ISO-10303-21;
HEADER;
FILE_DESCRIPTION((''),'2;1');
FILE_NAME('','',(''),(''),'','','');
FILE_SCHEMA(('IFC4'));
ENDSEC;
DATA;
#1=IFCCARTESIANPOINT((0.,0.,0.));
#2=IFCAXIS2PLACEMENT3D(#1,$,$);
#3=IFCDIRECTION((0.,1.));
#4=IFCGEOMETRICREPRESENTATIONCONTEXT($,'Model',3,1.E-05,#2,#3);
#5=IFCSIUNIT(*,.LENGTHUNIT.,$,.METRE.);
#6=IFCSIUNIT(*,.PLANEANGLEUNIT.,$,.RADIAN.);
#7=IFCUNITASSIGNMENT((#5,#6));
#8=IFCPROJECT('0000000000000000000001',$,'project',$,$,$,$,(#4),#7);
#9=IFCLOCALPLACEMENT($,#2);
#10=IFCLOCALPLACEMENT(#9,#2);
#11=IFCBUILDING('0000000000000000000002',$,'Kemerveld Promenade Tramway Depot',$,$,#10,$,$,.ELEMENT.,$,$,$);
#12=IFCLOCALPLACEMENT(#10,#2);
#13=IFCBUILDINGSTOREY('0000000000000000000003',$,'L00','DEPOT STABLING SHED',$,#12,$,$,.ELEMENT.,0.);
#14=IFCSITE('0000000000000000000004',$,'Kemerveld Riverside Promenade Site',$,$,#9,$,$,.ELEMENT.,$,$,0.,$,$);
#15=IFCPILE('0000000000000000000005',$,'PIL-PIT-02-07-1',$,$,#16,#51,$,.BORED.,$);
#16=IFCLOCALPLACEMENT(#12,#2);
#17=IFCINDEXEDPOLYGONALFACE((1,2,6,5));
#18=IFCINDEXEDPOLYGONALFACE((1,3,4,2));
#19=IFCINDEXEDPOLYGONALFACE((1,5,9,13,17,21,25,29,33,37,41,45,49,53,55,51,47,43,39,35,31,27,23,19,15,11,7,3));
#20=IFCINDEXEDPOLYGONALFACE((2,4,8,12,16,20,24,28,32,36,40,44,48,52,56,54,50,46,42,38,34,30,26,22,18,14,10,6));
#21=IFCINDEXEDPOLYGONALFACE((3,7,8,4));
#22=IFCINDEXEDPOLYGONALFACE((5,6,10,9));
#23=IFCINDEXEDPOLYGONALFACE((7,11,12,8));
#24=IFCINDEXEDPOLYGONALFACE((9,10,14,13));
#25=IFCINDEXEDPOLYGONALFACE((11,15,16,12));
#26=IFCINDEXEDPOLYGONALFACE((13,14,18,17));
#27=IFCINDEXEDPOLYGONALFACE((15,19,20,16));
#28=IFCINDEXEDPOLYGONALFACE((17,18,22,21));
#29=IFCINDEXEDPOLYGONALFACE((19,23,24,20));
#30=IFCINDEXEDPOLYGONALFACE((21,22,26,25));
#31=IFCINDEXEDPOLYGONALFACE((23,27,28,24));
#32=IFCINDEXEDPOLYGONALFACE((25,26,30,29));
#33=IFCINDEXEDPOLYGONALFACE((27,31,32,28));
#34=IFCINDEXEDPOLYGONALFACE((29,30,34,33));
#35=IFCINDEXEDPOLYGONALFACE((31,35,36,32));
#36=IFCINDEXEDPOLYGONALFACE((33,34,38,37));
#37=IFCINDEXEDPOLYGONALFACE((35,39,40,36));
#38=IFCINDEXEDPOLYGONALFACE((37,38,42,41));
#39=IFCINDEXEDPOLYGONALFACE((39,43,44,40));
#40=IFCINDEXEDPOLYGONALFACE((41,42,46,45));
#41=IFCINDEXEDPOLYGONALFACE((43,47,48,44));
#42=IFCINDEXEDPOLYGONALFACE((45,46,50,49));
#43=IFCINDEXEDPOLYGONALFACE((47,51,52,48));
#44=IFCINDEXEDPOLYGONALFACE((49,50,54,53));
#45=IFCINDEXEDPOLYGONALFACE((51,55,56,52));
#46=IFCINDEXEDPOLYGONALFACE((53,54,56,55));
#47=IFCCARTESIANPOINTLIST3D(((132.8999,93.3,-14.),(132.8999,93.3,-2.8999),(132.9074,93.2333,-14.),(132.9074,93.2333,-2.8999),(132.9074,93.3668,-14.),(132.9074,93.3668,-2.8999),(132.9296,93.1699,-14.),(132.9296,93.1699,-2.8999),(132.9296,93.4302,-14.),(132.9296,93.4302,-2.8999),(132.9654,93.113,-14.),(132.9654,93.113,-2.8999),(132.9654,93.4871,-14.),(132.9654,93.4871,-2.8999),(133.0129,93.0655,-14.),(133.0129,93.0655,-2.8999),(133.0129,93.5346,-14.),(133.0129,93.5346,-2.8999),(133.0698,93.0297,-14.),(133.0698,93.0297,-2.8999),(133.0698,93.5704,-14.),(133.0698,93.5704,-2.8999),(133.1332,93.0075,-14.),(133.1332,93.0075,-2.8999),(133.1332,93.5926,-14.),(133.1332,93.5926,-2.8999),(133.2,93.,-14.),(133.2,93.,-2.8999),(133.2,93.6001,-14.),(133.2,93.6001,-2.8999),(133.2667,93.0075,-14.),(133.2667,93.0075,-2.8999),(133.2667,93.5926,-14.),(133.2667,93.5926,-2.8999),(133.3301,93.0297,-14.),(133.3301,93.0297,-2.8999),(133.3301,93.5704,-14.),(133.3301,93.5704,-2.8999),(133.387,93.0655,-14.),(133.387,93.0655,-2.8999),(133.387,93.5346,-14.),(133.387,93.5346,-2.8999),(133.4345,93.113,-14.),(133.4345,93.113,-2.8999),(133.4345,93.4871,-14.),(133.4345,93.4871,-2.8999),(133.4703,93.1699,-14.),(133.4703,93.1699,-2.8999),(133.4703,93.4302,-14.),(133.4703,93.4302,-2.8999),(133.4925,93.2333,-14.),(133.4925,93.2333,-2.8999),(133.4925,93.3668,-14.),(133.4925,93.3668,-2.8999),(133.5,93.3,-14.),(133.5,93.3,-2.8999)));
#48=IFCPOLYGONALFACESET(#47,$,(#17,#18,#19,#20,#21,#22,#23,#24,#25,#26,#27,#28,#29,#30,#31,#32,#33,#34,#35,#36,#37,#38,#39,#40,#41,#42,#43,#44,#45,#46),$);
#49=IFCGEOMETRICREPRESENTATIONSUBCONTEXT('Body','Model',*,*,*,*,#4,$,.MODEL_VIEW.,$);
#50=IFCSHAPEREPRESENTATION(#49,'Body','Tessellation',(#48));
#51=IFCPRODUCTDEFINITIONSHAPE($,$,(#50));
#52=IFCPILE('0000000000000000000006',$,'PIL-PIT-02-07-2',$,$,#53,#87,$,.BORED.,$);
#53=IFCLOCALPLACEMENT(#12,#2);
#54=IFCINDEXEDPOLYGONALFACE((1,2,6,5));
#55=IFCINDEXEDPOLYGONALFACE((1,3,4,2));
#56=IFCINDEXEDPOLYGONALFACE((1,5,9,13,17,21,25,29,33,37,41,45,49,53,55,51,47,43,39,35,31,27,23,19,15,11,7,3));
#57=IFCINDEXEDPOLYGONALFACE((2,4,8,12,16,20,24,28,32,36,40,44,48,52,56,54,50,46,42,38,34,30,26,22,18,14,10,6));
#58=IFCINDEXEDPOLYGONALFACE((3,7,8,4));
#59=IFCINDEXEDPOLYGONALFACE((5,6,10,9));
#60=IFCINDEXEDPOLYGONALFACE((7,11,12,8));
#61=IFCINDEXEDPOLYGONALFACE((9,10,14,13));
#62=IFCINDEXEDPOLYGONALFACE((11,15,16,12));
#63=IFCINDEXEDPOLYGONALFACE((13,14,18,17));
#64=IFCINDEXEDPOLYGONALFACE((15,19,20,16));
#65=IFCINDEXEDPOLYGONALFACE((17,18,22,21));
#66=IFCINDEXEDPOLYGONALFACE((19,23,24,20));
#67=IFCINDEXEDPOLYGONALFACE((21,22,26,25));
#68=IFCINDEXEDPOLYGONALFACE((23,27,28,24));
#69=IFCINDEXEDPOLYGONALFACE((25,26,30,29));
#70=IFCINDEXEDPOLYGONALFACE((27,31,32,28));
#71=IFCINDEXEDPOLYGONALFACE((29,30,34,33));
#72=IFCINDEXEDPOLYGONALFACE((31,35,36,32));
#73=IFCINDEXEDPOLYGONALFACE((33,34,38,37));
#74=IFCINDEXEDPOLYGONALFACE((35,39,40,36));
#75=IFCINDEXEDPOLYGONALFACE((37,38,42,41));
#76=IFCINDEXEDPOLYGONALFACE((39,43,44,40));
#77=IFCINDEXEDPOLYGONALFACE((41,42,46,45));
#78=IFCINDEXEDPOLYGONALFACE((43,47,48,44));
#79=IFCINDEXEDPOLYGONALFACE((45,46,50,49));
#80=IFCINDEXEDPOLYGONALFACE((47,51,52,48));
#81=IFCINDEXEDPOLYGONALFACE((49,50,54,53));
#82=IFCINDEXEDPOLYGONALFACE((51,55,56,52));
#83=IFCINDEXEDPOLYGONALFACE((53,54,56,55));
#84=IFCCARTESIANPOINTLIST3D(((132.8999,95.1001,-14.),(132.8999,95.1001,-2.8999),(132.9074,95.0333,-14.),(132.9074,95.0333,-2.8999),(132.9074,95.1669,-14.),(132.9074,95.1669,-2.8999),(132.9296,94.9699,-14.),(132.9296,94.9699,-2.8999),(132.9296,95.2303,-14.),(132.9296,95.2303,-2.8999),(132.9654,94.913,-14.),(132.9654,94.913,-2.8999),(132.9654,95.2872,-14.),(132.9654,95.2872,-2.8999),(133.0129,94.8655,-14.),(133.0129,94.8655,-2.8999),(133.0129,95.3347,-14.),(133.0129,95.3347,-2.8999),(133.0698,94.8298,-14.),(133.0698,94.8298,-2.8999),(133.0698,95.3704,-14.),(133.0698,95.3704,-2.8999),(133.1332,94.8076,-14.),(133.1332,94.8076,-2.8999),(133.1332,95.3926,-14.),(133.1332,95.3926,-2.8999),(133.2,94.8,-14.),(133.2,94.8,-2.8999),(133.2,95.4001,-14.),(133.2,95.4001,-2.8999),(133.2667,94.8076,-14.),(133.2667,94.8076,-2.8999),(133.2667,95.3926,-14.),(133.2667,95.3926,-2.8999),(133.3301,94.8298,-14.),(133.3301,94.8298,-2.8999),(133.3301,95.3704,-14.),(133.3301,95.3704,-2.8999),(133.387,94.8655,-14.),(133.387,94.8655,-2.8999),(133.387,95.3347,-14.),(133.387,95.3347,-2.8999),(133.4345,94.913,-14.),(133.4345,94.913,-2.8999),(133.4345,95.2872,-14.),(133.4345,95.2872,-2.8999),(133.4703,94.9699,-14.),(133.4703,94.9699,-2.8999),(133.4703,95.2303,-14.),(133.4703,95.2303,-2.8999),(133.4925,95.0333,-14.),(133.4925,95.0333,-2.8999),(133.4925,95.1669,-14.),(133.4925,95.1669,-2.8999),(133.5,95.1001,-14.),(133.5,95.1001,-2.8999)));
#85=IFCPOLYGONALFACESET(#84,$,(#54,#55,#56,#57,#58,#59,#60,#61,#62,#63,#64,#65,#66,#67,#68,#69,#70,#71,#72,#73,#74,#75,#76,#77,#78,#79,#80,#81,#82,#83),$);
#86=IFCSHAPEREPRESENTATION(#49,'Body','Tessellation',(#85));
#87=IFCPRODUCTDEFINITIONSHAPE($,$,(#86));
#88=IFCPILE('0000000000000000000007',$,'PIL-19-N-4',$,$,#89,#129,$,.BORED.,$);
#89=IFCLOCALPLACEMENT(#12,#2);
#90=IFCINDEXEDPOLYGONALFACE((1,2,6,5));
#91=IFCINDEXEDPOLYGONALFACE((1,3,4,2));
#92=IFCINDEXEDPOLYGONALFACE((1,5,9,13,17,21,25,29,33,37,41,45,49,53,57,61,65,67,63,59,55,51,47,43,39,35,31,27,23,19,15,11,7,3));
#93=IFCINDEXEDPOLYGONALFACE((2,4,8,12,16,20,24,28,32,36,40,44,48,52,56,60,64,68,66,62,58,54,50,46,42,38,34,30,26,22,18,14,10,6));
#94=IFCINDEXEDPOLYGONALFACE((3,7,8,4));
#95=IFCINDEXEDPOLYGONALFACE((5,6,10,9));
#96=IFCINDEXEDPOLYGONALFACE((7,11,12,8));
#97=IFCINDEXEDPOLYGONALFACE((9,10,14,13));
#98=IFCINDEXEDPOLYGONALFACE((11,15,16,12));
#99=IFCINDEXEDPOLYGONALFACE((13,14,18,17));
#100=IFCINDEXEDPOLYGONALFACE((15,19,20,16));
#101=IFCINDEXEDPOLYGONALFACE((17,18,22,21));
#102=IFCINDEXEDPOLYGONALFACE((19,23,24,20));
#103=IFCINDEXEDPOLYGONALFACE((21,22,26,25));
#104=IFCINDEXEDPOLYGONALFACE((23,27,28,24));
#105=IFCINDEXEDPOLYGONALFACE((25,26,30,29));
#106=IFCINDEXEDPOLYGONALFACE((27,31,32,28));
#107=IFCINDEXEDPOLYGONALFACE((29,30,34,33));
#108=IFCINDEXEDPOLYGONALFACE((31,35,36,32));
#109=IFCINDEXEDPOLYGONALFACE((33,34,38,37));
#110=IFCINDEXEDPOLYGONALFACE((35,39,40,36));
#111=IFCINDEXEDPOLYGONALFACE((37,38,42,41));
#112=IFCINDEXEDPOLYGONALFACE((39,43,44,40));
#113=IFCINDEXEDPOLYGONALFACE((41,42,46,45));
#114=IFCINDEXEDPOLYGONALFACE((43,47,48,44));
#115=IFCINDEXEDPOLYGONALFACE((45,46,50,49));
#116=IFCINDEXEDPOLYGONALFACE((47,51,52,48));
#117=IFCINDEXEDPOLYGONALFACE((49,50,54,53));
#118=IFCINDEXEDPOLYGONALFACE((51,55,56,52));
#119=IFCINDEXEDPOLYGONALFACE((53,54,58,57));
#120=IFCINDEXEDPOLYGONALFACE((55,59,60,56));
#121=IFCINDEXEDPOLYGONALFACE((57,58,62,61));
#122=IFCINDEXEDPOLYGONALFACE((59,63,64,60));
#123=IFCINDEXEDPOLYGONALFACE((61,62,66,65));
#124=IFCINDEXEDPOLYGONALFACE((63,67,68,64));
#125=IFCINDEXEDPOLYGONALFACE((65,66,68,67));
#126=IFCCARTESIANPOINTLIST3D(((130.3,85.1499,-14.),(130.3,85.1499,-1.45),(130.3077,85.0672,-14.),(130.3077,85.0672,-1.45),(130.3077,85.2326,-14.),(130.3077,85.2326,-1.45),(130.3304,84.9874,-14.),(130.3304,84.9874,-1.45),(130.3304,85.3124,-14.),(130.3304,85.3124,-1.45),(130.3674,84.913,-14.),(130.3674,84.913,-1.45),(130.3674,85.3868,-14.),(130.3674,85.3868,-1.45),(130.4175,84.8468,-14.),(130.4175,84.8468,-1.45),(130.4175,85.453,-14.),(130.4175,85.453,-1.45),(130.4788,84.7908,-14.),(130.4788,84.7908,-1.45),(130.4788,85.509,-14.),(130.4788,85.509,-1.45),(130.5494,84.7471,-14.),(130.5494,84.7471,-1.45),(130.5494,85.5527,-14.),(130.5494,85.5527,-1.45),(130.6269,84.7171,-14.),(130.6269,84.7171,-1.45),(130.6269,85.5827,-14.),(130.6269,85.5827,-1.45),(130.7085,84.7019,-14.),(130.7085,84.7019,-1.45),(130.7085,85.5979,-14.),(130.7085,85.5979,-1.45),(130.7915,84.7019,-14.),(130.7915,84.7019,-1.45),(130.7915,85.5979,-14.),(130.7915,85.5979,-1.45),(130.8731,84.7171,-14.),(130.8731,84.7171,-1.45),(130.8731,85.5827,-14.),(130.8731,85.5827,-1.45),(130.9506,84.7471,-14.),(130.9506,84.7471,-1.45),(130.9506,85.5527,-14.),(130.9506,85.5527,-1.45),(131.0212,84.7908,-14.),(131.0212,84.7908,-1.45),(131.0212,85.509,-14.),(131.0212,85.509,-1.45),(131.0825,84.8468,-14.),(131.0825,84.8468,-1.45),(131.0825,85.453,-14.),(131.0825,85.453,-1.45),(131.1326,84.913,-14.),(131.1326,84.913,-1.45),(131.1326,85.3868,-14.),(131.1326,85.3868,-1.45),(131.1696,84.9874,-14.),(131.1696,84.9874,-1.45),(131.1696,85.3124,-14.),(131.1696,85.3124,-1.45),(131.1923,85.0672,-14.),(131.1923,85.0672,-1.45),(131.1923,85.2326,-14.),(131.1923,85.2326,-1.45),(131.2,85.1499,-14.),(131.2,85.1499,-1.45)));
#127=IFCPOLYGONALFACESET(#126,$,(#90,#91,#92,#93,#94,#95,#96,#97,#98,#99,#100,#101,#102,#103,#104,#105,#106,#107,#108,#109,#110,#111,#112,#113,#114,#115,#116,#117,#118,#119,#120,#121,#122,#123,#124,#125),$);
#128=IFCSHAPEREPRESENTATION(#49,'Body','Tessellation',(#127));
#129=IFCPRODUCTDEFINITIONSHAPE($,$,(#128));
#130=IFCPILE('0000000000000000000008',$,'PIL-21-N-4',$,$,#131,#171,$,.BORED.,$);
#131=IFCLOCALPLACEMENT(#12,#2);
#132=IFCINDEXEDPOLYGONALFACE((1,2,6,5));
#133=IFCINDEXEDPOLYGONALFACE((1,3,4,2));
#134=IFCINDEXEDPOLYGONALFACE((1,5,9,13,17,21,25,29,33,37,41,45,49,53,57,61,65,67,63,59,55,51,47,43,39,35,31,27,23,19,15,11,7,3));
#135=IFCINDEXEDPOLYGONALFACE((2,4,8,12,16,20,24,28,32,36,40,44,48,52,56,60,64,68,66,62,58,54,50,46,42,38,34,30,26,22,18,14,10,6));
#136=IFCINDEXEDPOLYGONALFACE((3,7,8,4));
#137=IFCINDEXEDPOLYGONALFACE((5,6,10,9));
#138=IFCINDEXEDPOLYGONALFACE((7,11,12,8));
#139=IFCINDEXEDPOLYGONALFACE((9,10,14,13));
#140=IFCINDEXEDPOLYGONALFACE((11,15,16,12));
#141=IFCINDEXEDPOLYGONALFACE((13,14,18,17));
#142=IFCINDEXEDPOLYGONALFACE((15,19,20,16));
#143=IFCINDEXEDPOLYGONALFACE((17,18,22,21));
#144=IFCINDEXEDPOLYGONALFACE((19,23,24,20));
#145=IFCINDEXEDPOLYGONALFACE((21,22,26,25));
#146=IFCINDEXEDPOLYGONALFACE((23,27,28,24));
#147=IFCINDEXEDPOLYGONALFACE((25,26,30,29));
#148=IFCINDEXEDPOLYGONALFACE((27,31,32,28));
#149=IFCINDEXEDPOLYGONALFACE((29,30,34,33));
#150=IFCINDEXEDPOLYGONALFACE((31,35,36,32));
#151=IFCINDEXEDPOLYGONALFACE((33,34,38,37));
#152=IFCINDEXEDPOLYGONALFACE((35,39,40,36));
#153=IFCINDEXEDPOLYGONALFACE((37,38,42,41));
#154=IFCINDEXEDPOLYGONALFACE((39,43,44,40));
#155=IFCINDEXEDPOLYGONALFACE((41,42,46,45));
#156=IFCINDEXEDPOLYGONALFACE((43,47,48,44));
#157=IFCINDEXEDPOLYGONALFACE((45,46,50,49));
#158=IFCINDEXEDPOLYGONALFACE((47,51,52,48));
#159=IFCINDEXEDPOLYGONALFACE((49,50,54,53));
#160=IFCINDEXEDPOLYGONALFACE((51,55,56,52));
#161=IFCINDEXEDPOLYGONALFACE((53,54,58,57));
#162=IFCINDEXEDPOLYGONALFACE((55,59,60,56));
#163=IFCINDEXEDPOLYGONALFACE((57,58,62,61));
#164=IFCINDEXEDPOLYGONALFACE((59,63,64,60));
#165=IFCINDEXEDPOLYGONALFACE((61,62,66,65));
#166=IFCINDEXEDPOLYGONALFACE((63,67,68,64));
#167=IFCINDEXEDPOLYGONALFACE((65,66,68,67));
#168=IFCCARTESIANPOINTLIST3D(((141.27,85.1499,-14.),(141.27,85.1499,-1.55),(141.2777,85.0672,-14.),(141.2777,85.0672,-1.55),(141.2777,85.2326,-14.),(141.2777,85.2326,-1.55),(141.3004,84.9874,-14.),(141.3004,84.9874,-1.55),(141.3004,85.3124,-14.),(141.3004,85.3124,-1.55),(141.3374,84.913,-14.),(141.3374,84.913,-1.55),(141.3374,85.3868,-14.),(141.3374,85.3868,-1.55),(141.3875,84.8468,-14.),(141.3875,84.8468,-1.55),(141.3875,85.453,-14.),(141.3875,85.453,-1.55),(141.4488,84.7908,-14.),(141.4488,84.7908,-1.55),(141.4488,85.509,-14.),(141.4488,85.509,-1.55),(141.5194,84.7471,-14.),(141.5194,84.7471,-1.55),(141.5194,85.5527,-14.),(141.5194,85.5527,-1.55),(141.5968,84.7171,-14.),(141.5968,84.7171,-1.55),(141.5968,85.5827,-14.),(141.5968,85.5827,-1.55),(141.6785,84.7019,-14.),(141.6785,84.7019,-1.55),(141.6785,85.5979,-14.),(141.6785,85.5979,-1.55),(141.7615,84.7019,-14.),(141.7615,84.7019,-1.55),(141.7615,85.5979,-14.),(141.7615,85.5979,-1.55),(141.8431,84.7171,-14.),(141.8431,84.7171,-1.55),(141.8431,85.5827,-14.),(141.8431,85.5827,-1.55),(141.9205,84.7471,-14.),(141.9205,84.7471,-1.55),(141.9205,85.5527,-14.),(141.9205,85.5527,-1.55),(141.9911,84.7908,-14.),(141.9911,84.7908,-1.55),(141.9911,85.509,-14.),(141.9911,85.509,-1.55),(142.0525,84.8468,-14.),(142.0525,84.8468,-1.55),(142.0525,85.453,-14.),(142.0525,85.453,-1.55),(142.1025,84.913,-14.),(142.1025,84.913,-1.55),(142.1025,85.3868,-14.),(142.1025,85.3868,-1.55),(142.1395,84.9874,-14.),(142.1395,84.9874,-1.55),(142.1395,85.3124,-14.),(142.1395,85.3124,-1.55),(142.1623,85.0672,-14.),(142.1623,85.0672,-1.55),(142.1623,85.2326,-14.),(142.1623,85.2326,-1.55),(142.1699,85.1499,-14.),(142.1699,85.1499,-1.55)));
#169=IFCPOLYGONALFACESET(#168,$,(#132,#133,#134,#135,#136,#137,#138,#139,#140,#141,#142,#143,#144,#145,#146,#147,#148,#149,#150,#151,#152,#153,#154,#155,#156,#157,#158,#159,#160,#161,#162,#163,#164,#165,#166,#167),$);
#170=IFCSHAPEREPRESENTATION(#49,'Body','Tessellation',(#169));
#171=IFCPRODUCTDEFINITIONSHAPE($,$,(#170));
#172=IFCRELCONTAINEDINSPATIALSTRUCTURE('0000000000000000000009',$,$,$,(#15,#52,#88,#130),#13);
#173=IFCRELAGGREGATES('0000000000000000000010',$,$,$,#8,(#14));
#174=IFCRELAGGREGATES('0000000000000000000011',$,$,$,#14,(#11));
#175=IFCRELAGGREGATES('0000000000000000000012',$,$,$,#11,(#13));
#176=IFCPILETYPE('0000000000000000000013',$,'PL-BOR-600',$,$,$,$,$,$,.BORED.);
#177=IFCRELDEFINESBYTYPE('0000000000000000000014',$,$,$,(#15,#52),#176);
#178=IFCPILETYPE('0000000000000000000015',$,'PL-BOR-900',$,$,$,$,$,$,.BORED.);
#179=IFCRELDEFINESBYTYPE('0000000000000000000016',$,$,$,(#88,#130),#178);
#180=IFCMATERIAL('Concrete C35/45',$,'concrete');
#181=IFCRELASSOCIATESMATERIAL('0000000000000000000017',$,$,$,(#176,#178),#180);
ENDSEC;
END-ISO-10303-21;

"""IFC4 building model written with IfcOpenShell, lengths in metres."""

from ifc_helpers import new_model, si_unit, direction, frame, origin, origin_2d, place, context, subcontext, project, spatial, circle, extrude, material, material_profile, profile_set, type_object, element, save


model = new_model("IFC4")

# Units and contexts
model_context = context("Model", 3, precision=1e-05, world=origin(), true_north=direction((0.0, 1.0)))
body_context = subcontext(model_context, "Body", "Model", "MODEL_VIEW")
ifc_project = project(units=[si_unit("LENGTHUNIT", "METRE"), si_unit("PLANEANGLEUNIT", "RADIAN")], contexts=[model_context])

# Site, building, storey
site_placement = place(None, origin())
site = spatial("IfcSite", under=ifc_project, at=site_placement, Name="Kemerveld Riverside Promenade Site", CompositionType="ELEMENT", RefElevation=0.0)
building_placement = place(site_placement, origin())
building = spatial("IfcBuilding", under=site, at=building_placement, Name="Kemerveld Promenade Tramway Depot", CompositionType="ELEMENT")
storey_placement = place(building_placement, origin())
storey = spatial("IfcBuildingStorey", under=building, at=storey_placement, Name="L00", Description="DEPOT STABLING SHED", CompositionType="ELEMENT", Elevation=0.0)

# Shared definitions
ifc_material_1 = material(Name="Concrete C35/45", Category="concrete")

# Piles
ifc_material_profile_1 = material_profile(ifc_material_1, circle(Radius=0.3, at=origin_2d()), Name="PILE-D600")
ifc_profile_set_1 = profile_set([ifc_material_profile_1], Name="Concrete C35/45")
pile_type_1 = type_object("IfcPileType", Name="PL-BOR-600", PredefinedType="BORED", material=ifc_profile_set_1)
for number, where, z_axis, x_axis, name in (
    (1, (133.2, 93.3, -2.8999), (0.0, 0.0, -1.0), (1.0, 0.0, 0.0), "PIL-PIT-02-07-1"),
    (2, (133.2, 95.1001, -2.8999), (0.0, 0.0, -1.0), (1.0, 0.0, 0.0), "PIL-PIT-02-07-2"),
):
    element("IfcPile", number, at=place(storey_placement, frame(where, z_axis=z_axis, x_axis=x_axis)), inside=storey, type_object=pile_type_1, Name=name, PredefinedType="BORED", context=body_context, shape_type="SweptSolid", body=[
        extrude(circle(Radius=0.3, at=origin_2d()), origin(), (0.0, 0.0, 1.0), 11.1001),
    ])
ifc_material_profile_2 = material_profile(ifc_material_1, circle(Radius=0.45, at=origin_2d()), Name="PILE-D900")
ifc_profile_set_2 = profile_set([ifc_material_profile_2], Name="Concrete C35/45")
pile_type_2 = type_object("IfcPileType", Name="PL-BOR-900", PredefinedType="BORED", material=ifc_profile_set_2)
pile_placement = place(storey_placement, frame((130.75, 85.1499, -1.45), z_axis=(0.0, 0.0, -1.0), x_axis=(1.0, 0.0, 0.0)))
element("IfcPile", 3, at=pile_placement, inside=storey, type_object=pile_type_2, Name="PIL-19-N-4", PredefinedType="BORED", context=body_context, shape_type="SweptSolid", body=[
    extrude(circle(Radius=0.45, at=origin_2d()), origin(), (0.0, 0.0, 1.0), 12.55),
])
for number, where, z_axis, x_axis, name in (
    (4, (141.72, 85.1499, -1.55), (0.0, 0.0, -1.0), (1.0, 0.0, 0.0), "PIL-21-N-4"),
):
    element("IfcPile", number, at=place(storey_placement, frame(where, z_axis=z_axis, x_axis=x_axis)), inside=storey, type_object=pile_type_2, Name=name, PredefinedType="BORED", context=body_context, shape_type="SweptSolid", body=[
        extrude(circle(Radius=0.45, at=origin_2d()), origin(), (0.0, 0.0, 1.0), 12.45),
    ])

save(model, "model.ifc")
